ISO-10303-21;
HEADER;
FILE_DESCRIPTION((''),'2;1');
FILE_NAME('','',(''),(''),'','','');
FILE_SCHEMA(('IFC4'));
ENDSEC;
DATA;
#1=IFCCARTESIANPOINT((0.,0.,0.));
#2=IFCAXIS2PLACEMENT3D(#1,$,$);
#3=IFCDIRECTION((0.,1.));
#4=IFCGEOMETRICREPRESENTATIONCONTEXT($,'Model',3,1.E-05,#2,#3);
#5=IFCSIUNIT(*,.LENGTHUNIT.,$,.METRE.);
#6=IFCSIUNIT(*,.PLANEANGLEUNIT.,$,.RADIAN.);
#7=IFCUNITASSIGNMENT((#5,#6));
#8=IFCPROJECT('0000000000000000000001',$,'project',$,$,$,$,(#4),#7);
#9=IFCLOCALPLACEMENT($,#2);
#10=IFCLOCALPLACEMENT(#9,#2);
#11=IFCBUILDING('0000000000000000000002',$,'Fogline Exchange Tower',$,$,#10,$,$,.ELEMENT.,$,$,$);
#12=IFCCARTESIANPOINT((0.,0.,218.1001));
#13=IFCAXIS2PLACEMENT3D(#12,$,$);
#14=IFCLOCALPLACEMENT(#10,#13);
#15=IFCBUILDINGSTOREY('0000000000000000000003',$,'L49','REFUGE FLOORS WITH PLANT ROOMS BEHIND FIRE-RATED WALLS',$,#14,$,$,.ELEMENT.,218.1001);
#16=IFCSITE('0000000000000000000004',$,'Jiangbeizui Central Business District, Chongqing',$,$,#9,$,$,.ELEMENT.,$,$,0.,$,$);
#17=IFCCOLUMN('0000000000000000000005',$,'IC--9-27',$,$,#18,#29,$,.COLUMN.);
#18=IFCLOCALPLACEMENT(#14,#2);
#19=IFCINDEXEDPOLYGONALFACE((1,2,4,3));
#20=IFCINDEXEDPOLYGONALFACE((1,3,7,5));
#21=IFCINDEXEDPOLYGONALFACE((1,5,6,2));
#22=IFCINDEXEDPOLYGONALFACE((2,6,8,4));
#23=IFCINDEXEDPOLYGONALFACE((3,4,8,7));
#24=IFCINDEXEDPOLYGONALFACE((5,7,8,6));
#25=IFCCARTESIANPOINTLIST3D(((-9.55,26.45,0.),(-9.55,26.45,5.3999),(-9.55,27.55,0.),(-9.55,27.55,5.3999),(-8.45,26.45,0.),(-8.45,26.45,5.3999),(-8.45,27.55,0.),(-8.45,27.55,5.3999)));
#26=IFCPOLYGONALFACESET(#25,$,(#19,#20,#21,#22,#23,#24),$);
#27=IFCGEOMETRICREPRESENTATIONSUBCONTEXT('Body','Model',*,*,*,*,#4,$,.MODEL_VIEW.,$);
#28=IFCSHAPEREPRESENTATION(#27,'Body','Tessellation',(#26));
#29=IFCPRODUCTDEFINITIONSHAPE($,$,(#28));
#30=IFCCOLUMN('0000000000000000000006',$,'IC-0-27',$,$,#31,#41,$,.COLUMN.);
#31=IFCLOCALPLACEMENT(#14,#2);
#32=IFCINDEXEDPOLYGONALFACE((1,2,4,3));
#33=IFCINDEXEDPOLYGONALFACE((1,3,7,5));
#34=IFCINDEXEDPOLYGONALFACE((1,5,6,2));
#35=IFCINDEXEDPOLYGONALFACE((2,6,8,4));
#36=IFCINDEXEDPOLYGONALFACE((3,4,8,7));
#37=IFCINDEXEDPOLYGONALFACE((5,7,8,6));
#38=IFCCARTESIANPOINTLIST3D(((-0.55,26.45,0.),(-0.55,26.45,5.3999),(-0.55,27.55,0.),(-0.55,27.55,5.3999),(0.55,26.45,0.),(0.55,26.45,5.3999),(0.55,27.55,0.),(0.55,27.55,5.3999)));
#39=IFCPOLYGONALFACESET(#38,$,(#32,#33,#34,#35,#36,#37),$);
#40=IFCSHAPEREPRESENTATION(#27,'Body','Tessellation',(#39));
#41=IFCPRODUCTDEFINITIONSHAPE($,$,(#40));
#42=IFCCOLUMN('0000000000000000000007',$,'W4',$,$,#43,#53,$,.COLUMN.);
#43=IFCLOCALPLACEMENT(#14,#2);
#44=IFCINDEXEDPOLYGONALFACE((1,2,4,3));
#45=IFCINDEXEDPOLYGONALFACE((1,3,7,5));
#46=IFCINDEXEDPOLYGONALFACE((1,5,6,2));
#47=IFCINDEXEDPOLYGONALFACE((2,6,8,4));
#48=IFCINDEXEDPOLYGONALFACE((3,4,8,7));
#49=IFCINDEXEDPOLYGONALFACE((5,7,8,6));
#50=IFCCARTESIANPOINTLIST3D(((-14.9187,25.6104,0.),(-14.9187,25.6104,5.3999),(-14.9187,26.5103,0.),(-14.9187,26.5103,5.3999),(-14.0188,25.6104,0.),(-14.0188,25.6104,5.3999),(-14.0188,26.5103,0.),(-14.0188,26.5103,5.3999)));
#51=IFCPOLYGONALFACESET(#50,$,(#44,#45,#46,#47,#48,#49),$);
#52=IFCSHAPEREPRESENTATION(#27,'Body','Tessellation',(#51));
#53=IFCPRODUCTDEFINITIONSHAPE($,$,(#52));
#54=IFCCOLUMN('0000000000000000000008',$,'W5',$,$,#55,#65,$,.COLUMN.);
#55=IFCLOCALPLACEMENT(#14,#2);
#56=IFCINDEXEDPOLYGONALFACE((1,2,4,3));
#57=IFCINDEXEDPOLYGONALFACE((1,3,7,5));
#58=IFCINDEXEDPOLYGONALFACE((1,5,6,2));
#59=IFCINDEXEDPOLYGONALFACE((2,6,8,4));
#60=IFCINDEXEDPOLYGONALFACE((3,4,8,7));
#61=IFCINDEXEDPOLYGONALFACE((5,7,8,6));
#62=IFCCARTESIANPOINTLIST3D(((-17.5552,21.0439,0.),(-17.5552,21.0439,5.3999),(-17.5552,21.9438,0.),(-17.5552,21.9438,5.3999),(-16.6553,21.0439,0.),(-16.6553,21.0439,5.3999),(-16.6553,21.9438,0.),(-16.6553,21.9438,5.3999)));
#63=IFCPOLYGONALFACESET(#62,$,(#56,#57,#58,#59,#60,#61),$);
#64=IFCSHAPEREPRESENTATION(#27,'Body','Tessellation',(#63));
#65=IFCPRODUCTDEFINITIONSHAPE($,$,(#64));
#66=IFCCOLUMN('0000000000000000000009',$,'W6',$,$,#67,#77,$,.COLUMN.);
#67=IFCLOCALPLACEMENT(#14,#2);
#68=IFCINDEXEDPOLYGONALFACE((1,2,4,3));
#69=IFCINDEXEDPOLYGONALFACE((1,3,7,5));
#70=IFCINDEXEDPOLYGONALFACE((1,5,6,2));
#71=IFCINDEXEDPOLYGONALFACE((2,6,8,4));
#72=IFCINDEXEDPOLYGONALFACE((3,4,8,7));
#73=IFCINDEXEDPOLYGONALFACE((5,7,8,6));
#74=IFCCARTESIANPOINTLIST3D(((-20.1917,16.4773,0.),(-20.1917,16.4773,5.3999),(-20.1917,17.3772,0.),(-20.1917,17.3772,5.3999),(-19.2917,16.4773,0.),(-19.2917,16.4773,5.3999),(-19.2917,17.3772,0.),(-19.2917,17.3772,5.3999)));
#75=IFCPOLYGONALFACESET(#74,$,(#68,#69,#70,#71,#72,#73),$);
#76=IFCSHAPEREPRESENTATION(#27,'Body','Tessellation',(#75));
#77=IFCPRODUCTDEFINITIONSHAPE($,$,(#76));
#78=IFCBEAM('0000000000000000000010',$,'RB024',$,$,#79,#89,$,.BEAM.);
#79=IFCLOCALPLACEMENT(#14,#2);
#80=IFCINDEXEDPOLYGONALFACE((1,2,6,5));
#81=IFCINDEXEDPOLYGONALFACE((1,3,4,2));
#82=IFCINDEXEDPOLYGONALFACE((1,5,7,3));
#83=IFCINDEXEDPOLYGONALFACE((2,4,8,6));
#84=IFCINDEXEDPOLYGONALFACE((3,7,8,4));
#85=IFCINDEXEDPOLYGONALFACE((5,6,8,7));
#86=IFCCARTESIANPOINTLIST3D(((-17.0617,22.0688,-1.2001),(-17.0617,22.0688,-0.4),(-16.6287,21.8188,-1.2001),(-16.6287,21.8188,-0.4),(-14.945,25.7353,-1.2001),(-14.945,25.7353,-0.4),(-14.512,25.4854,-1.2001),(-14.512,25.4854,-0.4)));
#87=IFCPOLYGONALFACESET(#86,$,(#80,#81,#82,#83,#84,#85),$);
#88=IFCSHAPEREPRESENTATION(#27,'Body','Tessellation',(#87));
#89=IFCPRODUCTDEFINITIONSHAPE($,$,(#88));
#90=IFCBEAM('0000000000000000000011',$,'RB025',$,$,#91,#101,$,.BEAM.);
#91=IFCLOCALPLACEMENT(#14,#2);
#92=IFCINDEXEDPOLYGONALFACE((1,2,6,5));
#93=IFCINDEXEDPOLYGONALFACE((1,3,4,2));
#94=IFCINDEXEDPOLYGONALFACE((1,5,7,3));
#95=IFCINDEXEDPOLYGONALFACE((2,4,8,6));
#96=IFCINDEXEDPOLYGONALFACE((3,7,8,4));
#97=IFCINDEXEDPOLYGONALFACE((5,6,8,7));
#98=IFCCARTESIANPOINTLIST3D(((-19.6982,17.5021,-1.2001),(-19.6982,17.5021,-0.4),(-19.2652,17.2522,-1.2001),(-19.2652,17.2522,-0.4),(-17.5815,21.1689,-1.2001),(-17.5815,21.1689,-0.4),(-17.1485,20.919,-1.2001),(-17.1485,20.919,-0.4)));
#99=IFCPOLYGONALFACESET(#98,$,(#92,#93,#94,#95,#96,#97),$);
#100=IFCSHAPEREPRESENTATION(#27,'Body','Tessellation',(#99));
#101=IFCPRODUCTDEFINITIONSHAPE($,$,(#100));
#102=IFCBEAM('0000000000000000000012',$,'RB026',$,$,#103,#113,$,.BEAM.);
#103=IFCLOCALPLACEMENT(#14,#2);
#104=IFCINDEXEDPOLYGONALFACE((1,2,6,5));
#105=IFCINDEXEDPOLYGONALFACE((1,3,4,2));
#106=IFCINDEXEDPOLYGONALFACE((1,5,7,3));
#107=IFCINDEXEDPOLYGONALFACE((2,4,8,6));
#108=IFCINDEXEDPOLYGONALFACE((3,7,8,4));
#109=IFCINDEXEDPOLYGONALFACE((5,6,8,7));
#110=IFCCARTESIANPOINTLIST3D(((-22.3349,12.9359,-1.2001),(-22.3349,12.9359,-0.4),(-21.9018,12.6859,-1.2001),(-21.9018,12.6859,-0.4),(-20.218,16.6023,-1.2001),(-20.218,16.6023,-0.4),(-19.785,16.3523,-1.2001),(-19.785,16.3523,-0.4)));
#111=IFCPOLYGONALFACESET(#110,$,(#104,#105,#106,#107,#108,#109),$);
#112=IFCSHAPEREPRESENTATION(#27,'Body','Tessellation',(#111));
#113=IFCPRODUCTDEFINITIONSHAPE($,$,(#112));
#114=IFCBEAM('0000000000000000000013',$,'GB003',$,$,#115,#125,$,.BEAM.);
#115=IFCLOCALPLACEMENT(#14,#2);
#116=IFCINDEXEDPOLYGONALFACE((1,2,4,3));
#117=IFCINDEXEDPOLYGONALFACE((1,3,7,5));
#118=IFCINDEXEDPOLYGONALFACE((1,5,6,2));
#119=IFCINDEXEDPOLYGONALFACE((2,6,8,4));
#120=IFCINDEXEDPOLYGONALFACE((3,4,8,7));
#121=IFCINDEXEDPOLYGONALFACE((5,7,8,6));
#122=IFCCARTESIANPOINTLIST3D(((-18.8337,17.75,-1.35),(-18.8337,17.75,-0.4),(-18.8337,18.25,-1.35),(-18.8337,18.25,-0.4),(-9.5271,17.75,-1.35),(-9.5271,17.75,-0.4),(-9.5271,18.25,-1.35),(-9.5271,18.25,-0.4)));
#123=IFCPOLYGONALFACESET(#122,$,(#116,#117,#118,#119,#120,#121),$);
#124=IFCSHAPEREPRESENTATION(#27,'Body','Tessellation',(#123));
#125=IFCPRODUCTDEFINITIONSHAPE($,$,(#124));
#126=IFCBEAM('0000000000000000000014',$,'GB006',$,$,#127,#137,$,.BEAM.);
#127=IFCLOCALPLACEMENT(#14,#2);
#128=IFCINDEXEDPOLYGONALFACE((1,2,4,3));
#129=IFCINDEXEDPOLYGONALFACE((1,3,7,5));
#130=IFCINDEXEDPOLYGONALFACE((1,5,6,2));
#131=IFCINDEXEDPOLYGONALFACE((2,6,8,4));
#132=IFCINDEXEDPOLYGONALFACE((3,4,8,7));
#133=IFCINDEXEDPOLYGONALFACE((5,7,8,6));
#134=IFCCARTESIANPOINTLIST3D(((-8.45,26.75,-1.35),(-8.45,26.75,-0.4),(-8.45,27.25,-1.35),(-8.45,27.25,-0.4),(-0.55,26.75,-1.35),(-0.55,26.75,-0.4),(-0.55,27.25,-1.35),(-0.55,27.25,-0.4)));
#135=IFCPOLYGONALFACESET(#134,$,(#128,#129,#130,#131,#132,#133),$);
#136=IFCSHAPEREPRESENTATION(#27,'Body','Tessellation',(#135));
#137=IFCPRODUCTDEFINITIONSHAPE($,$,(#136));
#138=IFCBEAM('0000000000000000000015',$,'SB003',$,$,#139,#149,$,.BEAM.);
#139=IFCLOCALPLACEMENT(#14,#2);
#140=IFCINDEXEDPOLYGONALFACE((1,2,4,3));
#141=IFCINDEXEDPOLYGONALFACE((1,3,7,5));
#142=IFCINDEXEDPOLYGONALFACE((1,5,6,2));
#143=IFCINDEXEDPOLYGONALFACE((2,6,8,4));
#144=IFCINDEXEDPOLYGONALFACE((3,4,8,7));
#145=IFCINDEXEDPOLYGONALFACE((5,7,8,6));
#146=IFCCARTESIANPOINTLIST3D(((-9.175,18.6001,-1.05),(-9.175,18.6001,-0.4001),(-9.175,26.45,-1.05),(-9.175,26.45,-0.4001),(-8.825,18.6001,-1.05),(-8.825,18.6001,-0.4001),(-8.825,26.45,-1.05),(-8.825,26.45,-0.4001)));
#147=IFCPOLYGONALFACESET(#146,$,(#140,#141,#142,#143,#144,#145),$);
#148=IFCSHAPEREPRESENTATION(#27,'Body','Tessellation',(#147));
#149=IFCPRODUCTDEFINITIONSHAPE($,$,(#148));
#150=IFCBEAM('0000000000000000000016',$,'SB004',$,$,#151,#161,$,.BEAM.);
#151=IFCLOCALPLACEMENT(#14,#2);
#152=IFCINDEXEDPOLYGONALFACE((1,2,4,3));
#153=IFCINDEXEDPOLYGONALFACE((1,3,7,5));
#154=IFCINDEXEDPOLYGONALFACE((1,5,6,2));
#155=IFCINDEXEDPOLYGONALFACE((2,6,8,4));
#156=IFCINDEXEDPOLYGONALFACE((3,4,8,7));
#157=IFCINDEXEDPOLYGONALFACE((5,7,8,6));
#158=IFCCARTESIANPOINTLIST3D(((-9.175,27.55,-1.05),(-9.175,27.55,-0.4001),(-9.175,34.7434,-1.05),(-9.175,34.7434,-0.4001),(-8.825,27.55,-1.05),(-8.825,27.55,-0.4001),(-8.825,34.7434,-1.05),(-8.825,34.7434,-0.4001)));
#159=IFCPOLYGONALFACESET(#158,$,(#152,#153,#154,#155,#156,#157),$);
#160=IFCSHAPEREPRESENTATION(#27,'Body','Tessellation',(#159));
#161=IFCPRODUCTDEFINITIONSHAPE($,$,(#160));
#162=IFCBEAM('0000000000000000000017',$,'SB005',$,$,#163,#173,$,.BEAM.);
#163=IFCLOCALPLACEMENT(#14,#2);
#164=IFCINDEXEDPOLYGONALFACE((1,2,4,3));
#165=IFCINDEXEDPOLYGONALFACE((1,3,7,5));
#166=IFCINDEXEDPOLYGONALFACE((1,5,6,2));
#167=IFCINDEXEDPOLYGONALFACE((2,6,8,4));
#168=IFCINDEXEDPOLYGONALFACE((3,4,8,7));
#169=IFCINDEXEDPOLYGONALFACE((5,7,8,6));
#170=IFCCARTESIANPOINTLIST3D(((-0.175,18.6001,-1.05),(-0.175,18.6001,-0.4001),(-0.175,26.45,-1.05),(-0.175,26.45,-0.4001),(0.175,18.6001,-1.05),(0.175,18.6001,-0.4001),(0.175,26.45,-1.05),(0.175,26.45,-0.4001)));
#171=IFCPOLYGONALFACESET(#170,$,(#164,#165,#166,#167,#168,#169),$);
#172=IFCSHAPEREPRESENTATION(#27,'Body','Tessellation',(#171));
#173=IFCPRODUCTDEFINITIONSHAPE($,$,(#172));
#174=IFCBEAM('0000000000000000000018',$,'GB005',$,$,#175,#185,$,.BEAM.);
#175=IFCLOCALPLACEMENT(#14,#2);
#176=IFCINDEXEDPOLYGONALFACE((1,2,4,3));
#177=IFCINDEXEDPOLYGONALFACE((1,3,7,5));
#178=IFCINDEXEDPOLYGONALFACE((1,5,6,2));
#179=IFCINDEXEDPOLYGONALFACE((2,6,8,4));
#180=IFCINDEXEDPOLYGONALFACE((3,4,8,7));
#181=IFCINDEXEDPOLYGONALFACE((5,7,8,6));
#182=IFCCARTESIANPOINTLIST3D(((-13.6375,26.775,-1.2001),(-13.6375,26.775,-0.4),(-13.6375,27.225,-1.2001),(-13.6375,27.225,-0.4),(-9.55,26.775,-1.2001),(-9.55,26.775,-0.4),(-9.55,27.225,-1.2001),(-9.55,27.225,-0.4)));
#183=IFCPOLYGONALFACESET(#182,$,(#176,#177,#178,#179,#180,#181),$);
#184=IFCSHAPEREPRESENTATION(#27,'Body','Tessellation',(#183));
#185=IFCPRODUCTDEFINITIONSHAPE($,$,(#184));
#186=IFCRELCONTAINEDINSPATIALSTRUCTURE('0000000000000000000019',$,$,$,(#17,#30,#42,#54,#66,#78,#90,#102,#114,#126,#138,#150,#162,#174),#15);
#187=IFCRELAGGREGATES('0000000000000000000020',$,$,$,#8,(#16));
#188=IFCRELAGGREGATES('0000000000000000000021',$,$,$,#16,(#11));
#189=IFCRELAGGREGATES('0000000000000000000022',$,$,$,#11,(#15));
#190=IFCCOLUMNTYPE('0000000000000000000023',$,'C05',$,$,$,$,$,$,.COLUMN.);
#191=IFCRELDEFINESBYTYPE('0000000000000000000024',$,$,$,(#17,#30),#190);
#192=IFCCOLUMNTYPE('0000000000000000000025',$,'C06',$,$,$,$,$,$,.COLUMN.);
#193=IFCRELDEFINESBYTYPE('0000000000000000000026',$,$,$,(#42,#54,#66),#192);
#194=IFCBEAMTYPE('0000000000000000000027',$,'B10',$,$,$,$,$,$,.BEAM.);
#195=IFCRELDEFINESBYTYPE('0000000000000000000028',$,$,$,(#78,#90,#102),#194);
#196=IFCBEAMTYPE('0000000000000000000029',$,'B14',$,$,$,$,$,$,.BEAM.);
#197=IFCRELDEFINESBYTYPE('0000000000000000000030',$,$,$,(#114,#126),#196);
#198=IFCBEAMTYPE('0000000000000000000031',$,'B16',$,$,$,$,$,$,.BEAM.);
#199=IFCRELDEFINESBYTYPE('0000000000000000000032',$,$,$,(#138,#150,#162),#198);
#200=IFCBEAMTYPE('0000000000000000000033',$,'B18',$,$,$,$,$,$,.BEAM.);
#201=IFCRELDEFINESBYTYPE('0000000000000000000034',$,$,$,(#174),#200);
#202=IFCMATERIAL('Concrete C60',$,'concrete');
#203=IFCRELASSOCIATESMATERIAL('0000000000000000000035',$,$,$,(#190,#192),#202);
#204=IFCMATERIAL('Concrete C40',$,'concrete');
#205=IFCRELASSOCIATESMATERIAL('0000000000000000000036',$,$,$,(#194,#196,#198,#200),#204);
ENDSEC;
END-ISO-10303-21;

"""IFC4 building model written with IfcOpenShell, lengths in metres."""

from ifc_helpers import new_model, si_unit, direction, frame, origin, origin_2d, place, context, subcontext, project, spatial, rectangle, extrude, material, material_profile, profile_set, type_object, element, save


model = new_model("IFC4")

# Units and contexts
model_context = context("Model", 3, precision=1e-05, world=origin(), true_north=direction((0.0, 1.0)))
body_context = subcontext(model_context, "Body", "Model", "MODEL_VIEW")
ifc_project = project(units=[si_unit("LENGTHUNIT", "METRE"), si_unit("PLANEANGLEUNIT", "RADIAN")], contexts=[model_context])

# Site, building, storey
site_placement = place(None, origin())
site = spatial("IfcSite", under=ifc_project, at=site_placement, Name="Jiangbeizui Central Business District, Chongqing", CompositionType="ELEMENT", RefElevation=0.0)
building_placement = place(site_placement, origin())
building = spatial("IfcBuilding", under=site, at=building_placement, Name="Fogline Exchange Tower", CompositionType="ELEMENT")
storey_placement = place(building_placement, frame((0.0, 0.0, 218.1001)))
storey = spatial("IfcBuildingStorey", under=building, at=storey_placement, Name="L49", Description="REFUGE FLOORS WITH PLANT ROOMS BEHIND FIRE-RATED WALLS", CompositionType="ELEMENT", Elevation=218.1001)

# Columns
ifc_material_1 = material(Name="Concrete C60", Category="concrete")
ifc_material_profile_1 = material_profile(ifc_material_1, rectangle(XDim=1.1001, YDim=1.1001, at=origin_2d()), Name="RC 1100x1100")
ifc_profile_set_1 = profile_set([ifc_material_profile_1], Name="Concrete C60")
column_type_1 = type_object("IfcColumnType", Name="C05", PredefinedType="COLUMN", material=ifc_profile_set_1)
for number, where, z_axis, x_axis, name in (
    (1, (-9.0, 27.0, 0.0), (0.0, 0.0, 1.0), (1.0, 0.0, 0.0), "IC--9-27"),
    (2, (0.0, 27.0, 0.0), (0.0, 0.0, 1.0), (1.0, 0.0, 0.0), "IC-0-27"),
):
    element("IfcColumn", number, at=place(storey_placement, frame(where, z_axis=z_axis, x_axis=x_axis)), inside=storey, type_object=column_type_1, Name=name, PredefinedType="COLUMN", context=body_context, shape_type="SweptSolid", body=[
        extrude(rectangle(XDim=1.1001, YDim=1.1001, at=origin_2d()), origin(), (0.0, 0.0, 1.0), 5.3999),
    ])
ifc_material_profile_2 = material_profile(ifc_material_1, rectangle(XDim=0.8999, YDim=0.8999, at=origin_2d()), Name="RC 900x900")
ifc_profile_set_2 = profile_set([ifc_material_profile_2], Name="Concrete C60")
column_type_2 = type_object("IfcColumnType", Name="C06", PredefinedType="COLUMN", material=ifc_profile_set_2)
for number, where, z_axis, x_axis, name in (
    (3, (-14.4688, 26.0603, 0.0), (0.0, 0.0, 1.0), (1.0, 0.0, 0.0), "W4"),
    (4, (-17.1052, 21.4939, 0.0), (0.0, 0.0, 1.0), (1.0, 0.0, 0.0), "W5"),
    (5, (-19.7417, 16.9272, 0.0), (0.0, 0.0, 1.0), (1.0, 0.0, 0.0), "W6"),
):
    element("IfcColumn", number, at=place(storey_placement, frame(where, z_axis=z_axis, x_axis=x_axis)), inside=storey, type_object=column_type_2, Name=name, PredefinedType="COLUMN", context=body_context, shape_type="SweptSolid", body=[
        extrude(rectangle(XDim=0.8999, YDim=0.8999, at=origin_2d()), origin(), (0.0, 0.0, 1.0), 5.3999),
    ])

# Beams
ifc_material_2 = material(Name="Concrete C40", Category="concrete")
ifc_material_profile_3 = material_profile(ifc_material_2, rectangle(XDim=0.5, YDim=0.8, at=origin_2d()), Name="RC 500x800")
ifc_profile_set_3 = profile_set([ifc_material_profile_3], Name="Concrete C40")
beam_type_1 = type_object("IfcBeamType", Name="B10", PredefinedType="BEAM", material=ifc_profile_set_3)
beam_1_placement = place(storey_placement, frame((-14.7285, 25.6104, -0.8), z_axis=(-0.499972, -0.866042, 0.0), x_axis=(0.866042, -0.499972, 0.0)))
element("IfcBeam", 6, at=beam_1_placement, inside=storey, type_object=beam_type_1, Name="RB024", PredefinedType="BEAM", context=body_context, shape_type="SweptSolid", body=[
    extrude(rectangle(XDim=0.5, YDim=0.8, at=origin_2d()), origin(), (0.0, 0.0, 1.0), 4.2336),
])
beam_2_placement = place(storey_placement, frame((-17.365, 21.0439, -0.8), z_axis=(-0.499947, -0.866056, 0.0), x_axis=(0.866056, -0.499947, 0.0)))
element("IfcBeam", 7, at=beam_2_placement, inside=storey, type_object=beam_type_1, Name="RB025", PredefinedType="BEAM", context=body_context, shape_type="SweptSolid", body=[
    extrude(rectangle(XDim=0.5, YDim=0.8, at=origin_2d()), origin(), (0.0, 0.0, 1.0), 4.2339),
])
beam_3_placement = place(storey_placement, frame((-20.0015, 16.4773, -0.8), z_axis=(-0.500015, -0.866017, 0.0), x_axis=(0.866017, -0.500015, 0.0)))
element("IfcBeam", 8, at=beam_3_placement, inside=storey, type_object=beam_type_1, Name="RB026", PredefinedType="BEAM", context=body_context, shape_type="SweptSolid", body=[
    extrude(rectangle(XDim=0.5, YDim=0.8, at=origin_2d()), origin(), (0.0, 0.0, 1.0), 4.2336),
])
ifc_material_profile_4 = material_profile(ifc_material_2, rectangle(XDim=0.5, YDim=0.95, at=origin_2d()), Name="RC 500x950")
ifc_profile_set_4 = profile_set([ifc_material_profile_4], Name="Concrete C40")
beam_type_2 = type_object("IfcBeamType", Name="B14", PredefinedType="BEAM", material=ifc_profile_set_4)
beam_4_placement = place(storey_placement, frame((-18.8337, 18.0, -0.875), z_axis=(1.0, 0.0, 0.0), x_axis=(0.0, 1.0, 0.0)))
element("IfcBeam", 9, at=beam_4_placement, inside=storey, type_object=beam_type_2, Name="GB003", PredefinedType="BEAM", context=body_context, shape_type="SweptSolid", body=[
    extrude(rectangle(XDim=0.5, YDim=0.95, at=origin_2d()), origin(), (0.0, 0.0, 1.0), 9.3066),
])
beam_5_placement = place(storey_placement, frame((-8.45, 27.0, -0.875), z_axis=(1.0, 0.0, 0.0), x_axis=(0.0, 1.0, 0.0)))
element("IfcBeam", 10, at=beam_5_placement, inside=storey, type_object=beam_type_2, Name="GB006", PredefinedType="BEAM", context=body_context, shape_type="SweptSolid", body=[
    extrude(rectangle(XDim=0.5, YDim=0.95, at=origin_2d()), origin(), (0.0, 0.0, 1.0), 7.8999),
])
ifc_material_profile_5 = material_profile(ifc_material_2, rectangle(XDim=0.3501, YDim=0.6499, at=origin_2d()), Name="RC 350x650")
ifc_profile_set_5 = profile_set([ifc_material_profile_5], Name="Concrete C40")
beam_type_3 = type_object("IfcBeamType", Name="B16", PredefinedType="BEAM", material=ifc_profile_set_5)
beam_6_placement = place(storey_placement, frame((-9.0, 18.6001, -0.7251), z_axis=(0.0, 1.0, 0.0), x_axis=(-1.0, 0.0, 0.0)))
element("IfcBeam", 11, at=beam_6_placement, inside=storey, type_object=beam_type_3, Name="SB003", PredefinedType="BEAM", context=body_context, shape_type="SweptSolid", body=[
    extrude(rectangle(XDim=0.3501, YDim=0.6499, at=origin_2d()), origin(), (0.0, 0.0, 1.0), 7.8499),
])
beam_7_placement = place(storey_placement, frame((-9.0, 27.55, -0.7251), z_axis=(0.0, 1.0, 0.0), x_axis=(-1.0, 0.0, 0.0)))
element("IfcBeam", 12, at=beam_7_placement, inside=storey, type_object=beam_type_3, Name="SB004", PredefinedType="BEAM", context=body_context, shape_type="SweptSolid", body=[
    extrude(rectangle(XDim=0.3501, YDim=0.6499, at=origin_2d()), origin(), (0.0, 0.0, 1.0), 7.1934),
])
beam_8_placement = place(storey_placement, frame((0.0, 18.6001, -0.7251), z_axis=(0.0, 1.0, 0.0), x_axis=(-1.0, 0.0, 0.0)))
element("IfcBeam", 13, at=beam_8_placement, inside=storey, type_object=beam_type_3, Name="SB005", PredefinedType="BEAM", context=body_context, shape_type="SweptSolid", body=[
    extrude(rectangle(XDim=0.3501, YDim=0.6499, at=origin_2d()), origin(), (0.0, 0.0, 1.0), 7.8499),
])
ifc_material_profile_6 = material_profile(ifc_material_2, rectangle(XDim=0.45, YDim=0.8, at=origin_2d()), Name="RC 450x800")
ifc_profile_set_6 = profile_set([ifc_material_profile_6], Name="Concrete C40")
beam_type_4 = type_object("IfcBeamType", Name="B18", PredefinedType="BEAM", material=ifc_profile_set_6)
beam_9_placement = place(storey_placement, frame((-13.6375, 27.0, -0.8), z_axis=(1.0, 0.0, 0.0), x_axis=(0.0, 1.0, 0.0)))
element("IfcBeam", 14, at=beam_9_placement, inside=storey, type_object=beam_type_4, Name="GB005", PredefinedType="BEAM", context=body_context, shape_type="SweptSolid", body=[
    extrude(rectangle(XDim=0.45, YDim=0.8, at=origin_2d()), origin(), (0.0, 0.0, 1.0), 4.0874),
])

save(model, "model.ifc")
